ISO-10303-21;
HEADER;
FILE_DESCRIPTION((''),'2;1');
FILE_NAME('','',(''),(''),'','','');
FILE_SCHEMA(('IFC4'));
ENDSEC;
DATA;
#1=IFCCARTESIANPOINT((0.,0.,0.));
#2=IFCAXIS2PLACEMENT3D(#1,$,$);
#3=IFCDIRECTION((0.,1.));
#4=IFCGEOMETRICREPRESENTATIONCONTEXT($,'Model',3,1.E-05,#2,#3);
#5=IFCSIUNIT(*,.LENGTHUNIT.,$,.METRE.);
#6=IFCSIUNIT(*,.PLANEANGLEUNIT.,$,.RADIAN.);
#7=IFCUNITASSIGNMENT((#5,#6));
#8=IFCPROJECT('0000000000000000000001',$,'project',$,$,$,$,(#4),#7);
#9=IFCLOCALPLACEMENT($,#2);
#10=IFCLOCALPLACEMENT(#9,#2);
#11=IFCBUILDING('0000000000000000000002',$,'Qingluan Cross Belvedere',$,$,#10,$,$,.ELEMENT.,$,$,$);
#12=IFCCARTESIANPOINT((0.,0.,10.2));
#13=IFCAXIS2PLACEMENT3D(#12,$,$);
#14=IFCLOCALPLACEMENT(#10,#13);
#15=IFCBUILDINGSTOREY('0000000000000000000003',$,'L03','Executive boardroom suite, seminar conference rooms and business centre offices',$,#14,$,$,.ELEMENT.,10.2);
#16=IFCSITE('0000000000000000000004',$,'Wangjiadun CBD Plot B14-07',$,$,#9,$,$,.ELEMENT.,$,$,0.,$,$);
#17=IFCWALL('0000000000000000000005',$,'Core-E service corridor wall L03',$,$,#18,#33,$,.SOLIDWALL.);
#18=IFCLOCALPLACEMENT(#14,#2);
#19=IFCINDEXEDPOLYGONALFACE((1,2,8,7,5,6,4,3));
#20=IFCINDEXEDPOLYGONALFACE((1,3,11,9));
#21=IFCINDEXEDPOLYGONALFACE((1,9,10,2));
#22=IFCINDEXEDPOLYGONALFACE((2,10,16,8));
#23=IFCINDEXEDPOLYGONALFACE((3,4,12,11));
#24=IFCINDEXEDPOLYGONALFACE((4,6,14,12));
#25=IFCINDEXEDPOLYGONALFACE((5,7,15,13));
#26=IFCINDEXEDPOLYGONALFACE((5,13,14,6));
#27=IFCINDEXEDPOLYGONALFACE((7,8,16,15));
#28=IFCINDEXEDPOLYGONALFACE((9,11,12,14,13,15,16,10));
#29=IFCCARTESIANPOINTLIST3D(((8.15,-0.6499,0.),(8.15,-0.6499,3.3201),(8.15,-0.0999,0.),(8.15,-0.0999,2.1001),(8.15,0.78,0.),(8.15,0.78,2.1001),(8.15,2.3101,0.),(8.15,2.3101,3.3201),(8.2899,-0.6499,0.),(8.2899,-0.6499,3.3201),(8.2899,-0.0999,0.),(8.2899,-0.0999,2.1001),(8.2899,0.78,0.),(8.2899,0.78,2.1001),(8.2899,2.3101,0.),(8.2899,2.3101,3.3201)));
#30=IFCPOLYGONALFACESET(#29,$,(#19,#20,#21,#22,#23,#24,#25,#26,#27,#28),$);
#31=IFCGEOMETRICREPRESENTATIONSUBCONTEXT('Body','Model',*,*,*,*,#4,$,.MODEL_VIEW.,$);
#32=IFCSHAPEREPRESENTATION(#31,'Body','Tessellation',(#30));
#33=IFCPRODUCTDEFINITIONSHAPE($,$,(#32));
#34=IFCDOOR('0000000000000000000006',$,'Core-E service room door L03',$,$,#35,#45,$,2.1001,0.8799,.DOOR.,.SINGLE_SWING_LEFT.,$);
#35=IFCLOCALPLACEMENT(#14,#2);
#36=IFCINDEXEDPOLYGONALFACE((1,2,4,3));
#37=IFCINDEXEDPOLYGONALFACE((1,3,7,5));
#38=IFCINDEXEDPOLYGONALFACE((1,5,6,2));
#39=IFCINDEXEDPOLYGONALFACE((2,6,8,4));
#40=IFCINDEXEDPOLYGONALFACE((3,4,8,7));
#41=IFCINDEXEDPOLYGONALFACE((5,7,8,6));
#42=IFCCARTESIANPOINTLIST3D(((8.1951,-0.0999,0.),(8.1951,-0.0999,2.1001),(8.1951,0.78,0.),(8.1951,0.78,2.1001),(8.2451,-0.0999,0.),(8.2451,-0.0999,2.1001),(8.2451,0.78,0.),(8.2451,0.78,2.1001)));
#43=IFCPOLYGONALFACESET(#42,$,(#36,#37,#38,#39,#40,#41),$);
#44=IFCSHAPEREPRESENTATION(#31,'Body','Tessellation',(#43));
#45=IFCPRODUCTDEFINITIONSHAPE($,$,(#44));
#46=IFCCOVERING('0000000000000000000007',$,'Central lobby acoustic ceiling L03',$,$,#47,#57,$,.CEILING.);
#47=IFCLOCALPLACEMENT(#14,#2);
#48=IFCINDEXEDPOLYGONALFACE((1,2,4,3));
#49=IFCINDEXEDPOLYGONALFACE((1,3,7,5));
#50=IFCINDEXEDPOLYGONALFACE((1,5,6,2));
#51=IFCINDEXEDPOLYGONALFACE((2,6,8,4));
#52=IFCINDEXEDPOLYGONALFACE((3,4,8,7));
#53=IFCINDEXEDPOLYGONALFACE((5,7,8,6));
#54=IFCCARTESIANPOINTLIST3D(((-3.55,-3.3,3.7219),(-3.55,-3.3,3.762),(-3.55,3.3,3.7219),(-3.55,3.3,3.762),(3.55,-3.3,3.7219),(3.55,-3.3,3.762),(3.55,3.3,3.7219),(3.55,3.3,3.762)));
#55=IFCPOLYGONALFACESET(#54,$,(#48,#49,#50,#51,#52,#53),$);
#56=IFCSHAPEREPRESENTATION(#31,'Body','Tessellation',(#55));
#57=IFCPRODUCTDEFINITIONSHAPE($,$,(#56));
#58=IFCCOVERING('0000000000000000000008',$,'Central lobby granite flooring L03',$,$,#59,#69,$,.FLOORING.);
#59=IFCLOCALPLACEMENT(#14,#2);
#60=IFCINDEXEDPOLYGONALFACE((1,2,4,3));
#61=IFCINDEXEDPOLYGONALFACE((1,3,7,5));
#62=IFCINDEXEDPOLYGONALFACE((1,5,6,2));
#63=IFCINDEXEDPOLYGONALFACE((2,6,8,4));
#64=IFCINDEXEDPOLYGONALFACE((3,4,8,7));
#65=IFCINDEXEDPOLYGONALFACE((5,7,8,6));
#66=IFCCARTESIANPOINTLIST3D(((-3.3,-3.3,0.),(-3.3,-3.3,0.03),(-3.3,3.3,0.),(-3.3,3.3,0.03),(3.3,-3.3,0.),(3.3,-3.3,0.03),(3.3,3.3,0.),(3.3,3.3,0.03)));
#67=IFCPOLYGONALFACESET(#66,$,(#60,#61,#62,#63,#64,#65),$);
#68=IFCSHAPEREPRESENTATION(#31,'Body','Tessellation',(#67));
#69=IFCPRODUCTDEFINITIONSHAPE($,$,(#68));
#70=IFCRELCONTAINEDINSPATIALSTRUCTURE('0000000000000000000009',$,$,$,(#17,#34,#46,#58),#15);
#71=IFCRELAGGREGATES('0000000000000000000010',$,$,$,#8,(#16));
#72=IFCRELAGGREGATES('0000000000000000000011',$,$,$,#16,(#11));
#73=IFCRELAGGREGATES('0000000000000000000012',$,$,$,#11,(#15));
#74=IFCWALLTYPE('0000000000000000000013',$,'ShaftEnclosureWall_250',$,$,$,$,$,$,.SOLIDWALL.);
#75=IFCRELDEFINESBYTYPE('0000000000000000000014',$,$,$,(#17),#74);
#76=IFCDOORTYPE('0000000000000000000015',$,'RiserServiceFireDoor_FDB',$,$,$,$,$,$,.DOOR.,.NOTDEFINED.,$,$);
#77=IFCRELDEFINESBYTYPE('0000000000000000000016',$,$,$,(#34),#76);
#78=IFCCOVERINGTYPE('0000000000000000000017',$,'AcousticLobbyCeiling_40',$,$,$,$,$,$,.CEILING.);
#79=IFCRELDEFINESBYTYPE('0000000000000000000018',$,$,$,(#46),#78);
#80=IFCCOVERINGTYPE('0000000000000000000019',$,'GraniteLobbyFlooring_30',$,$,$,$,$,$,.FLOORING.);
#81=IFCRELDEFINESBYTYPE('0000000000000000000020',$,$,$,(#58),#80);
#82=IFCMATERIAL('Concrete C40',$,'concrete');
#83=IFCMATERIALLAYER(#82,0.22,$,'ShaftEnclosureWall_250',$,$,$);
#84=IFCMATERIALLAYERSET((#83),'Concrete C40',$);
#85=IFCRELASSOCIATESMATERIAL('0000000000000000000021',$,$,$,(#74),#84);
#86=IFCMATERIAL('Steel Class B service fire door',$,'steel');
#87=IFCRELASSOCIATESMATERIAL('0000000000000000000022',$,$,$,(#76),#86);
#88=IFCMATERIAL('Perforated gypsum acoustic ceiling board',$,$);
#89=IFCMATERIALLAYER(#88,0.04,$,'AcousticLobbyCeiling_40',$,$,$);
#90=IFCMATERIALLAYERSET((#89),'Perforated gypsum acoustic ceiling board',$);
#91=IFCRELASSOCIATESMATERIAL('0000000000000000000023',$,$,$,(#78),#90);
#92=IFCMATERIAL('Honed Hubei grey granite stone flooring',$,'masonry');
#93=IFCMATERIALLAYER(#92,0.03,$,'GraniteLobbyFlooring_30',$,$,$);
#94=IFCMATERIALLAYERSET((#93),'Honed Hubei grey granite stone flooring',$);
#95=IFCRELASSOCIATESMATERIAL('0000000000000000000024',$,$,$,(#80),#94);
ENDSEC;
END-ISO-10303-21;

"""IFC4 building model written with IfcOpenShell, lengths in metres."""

from ifc_helpers import new_model, si_unit, direction, frame, frame_2d, origin, origin_with_axes, origin_2d, place, context, subcontext, project, spatial, rectangle, extrude, material, layer, layer_set, type_object, element, fill, save


model = new_model("IFC4")

# Units and contexts
model_context = context("Model", 3, precision=1e-05, world=origin(), true_north=direction((0.0, 1.0)))
body_context = subcontext(model_context, "Body", "Model", "MODEL_VIEW")
ifc_project = project(units=[si_unit("LENGTHUNIT", "METRE"), si_unit("PLANEANGLEUNIT", "RADIAN")], contexts=[model_context])

# Site, building, storey
site_placement = place(None, origin())
site = spatial("IfcSite", under=ifc_project, at=site_placement, Name="Wangjiadun CBD Plot B14-07", CompositionType="ELEMENT", RefElevation=0.0)
building_placement = place(site_placement, origin())
building = spatial("IfcBuilding", under=site, at=building_placement, Name="Qingluan Cross Belvedere", CompositionType="ELEMENT")
storey_placement = place(building_placement, frame((0.0, 0.0, 10.2)))
storey = spatial("IfcBuildingStorey", under=building, at=storey_placement, Name="L03", Description="Executive boardroom suite, seminar conference rooms and business centre offices", CompositionType="ELEMENT", Elevation=10.2)

# Shared definitions
ifc_material_1 = material(Name="Concrete C40", Category="concrete")
ifc_layer_1 = layer(ifc_material_1, 0.22, Name="ShaftEnclosureWall_250")
ifc_layer_set_1 = layer_set([ifc_layer_1], Name="Concrete C40")
wall_type_1 = type_object("IfcWallType", Name="ShaftEnclosureWall_250", PredefinedType="SOLIDWALL", material=ifc_layer_set_1)

# Wall, opening, door
wall_1_placement = place(storey_placement, frame((8.22, -0.6499, 0.0), z_axis=(0.0, 0.0, 1.0), x_axis=(0.0, 1.0, 0.0)))
wall_1 = element("IfcWall", 1, at=wall_1_placement, inside=storey, type_object=wall_type_1, Name="Core-E service corridor wall L03", PredefinedType="SOLIDWALL", context=body_context, shape_type="SweptSolid", body=[
    extrude(rectangle(XDim=2.96, YDim=0.1399, at=frame_2d((1.48, 0.0))), origin(), (0.0, 0.0, 1.0), 3.3201),
])
opening_1_placement = place(wall_1_placement, frame((0.55, 0.0, 0.0)))
opening_1 = element("IfcOpeningElement", 2, at=opening_1_placement, cuts=wall_1, PredefinedType="OPENING", context=body_context, shape_type="SweptSolid", body=[
    extrude(rectangle(XDim=0.8799, YDim=2.1001, at=frame_2d((0.4399, 1.05))), frame((0.0, 0.0798, 0.0), z_axis=(0.0, -1.0, 0.0), x_axis=(1.0, 0.0, 0.0)), (0.0, 0.0, 1.0), 0.1599),
])
ifc_material_2 = material(Name="Steel Class B service fire door", Category="steel")
door_type_1 = type_object("IfcDoorType", Name="RiserServiceFireDoor_FDB", OperationType="NOTDEFINED", PredefinedType="DOOR", material=ifc_material_2)
door_1_placement = place(opening_1_placement, origin())
door_1 = element("IfcDoor", 3, at=door_1_placement, inside=storey, type_object=door_type_1, Name="Core-E service room door L03", OperationType="SINGLE_SWING_LEFT", OverallHeight=2.1001, OverallWidth=0.8799, PredefinedType="DOOR", context=body_context, shape_type="SweptSolid", body=[
    extrude(rectangle(XDim=0.8799, YDim=2.1001, at=frame_2d((0.4399, 1.05))), frame((0.0, 0.0249, 0.0), z_axis=(0.0, -1.0, 0.0), x_axis=(1.0, 0.0, 0.0)), (0.0, 0.0, 1.0), 0.05),
])
fill(opening_1, door_1)

# Coverings
ifc_material_3 = material(Name="Perforated gypsum acoustic ceiling board")
ifc_layer_2 = layer(ifc_material_3, 0.04, Name="AcousticLobbyCeiling_40")
ifc_layer_set_2 = layer_set([ifc_layer_2], Name="Perforated gypsum acoustic ceiling board")
covering_type_1 = type_object("IfcCoveringType", Name="AcousticLobbyCeiling_40", PredefinedType="CEILING", material=ifc_layer_set_2)
covering_1_placement = place(storey_placement, frame((0.0, 0.0, 3.7219), z_axis=(0.0, 0.0, 1.0), x_axis=(1.0, 0.0, 0.0)))
element("IfcCovering", 4, at=covering_1_placement, inside=storey, type_object=covering_type_1, Name="Central lobby acoustic ceiling L03", PredefinedType="CEILING", context=body_context, shape_type="SweptSolid", body=[
    extrude(rectangle(XDim=7.1001, YDim=6.6001, at=origin_2d()), origin(), (0.0, 0.0, 1.0), 0.04),
])
ifc_material_4 = material(Name="Honed Hubei grey granite stone flooring", Category="masonry")
ifc_layer_3 = layer(ifc_material_4, 0.03, Name="GraniteLobbyFlooring_30")
ifc_layer_set_3 = layer_set([ifc_layer_3], Name="Honed Hubei grey granite stone flooring")
covering_type_2 = type_object("IfcCoveringType", Name="GraniteLobbyFlooring_30", PredefinedType="FLOORING", material=ifc_layer_set_3)
covering_2_placement = place(storey_placement, origin_with_axes())
element("IfcCovering", 5, at=covering_2_placement, inside=storey, type_object=covering_type_2, Name="Central lobby granite flooring L03", PredefinedType="FLOORING", context=body_context, shape_type="SweptSolid", body=[
    extrude(rectangle(XDim=6.6001, YDim=6.6001, at=origin_2d()), origin(), (0.0, 0.0, 1.0), 0.03),
])

save(model, "model.ifc")
